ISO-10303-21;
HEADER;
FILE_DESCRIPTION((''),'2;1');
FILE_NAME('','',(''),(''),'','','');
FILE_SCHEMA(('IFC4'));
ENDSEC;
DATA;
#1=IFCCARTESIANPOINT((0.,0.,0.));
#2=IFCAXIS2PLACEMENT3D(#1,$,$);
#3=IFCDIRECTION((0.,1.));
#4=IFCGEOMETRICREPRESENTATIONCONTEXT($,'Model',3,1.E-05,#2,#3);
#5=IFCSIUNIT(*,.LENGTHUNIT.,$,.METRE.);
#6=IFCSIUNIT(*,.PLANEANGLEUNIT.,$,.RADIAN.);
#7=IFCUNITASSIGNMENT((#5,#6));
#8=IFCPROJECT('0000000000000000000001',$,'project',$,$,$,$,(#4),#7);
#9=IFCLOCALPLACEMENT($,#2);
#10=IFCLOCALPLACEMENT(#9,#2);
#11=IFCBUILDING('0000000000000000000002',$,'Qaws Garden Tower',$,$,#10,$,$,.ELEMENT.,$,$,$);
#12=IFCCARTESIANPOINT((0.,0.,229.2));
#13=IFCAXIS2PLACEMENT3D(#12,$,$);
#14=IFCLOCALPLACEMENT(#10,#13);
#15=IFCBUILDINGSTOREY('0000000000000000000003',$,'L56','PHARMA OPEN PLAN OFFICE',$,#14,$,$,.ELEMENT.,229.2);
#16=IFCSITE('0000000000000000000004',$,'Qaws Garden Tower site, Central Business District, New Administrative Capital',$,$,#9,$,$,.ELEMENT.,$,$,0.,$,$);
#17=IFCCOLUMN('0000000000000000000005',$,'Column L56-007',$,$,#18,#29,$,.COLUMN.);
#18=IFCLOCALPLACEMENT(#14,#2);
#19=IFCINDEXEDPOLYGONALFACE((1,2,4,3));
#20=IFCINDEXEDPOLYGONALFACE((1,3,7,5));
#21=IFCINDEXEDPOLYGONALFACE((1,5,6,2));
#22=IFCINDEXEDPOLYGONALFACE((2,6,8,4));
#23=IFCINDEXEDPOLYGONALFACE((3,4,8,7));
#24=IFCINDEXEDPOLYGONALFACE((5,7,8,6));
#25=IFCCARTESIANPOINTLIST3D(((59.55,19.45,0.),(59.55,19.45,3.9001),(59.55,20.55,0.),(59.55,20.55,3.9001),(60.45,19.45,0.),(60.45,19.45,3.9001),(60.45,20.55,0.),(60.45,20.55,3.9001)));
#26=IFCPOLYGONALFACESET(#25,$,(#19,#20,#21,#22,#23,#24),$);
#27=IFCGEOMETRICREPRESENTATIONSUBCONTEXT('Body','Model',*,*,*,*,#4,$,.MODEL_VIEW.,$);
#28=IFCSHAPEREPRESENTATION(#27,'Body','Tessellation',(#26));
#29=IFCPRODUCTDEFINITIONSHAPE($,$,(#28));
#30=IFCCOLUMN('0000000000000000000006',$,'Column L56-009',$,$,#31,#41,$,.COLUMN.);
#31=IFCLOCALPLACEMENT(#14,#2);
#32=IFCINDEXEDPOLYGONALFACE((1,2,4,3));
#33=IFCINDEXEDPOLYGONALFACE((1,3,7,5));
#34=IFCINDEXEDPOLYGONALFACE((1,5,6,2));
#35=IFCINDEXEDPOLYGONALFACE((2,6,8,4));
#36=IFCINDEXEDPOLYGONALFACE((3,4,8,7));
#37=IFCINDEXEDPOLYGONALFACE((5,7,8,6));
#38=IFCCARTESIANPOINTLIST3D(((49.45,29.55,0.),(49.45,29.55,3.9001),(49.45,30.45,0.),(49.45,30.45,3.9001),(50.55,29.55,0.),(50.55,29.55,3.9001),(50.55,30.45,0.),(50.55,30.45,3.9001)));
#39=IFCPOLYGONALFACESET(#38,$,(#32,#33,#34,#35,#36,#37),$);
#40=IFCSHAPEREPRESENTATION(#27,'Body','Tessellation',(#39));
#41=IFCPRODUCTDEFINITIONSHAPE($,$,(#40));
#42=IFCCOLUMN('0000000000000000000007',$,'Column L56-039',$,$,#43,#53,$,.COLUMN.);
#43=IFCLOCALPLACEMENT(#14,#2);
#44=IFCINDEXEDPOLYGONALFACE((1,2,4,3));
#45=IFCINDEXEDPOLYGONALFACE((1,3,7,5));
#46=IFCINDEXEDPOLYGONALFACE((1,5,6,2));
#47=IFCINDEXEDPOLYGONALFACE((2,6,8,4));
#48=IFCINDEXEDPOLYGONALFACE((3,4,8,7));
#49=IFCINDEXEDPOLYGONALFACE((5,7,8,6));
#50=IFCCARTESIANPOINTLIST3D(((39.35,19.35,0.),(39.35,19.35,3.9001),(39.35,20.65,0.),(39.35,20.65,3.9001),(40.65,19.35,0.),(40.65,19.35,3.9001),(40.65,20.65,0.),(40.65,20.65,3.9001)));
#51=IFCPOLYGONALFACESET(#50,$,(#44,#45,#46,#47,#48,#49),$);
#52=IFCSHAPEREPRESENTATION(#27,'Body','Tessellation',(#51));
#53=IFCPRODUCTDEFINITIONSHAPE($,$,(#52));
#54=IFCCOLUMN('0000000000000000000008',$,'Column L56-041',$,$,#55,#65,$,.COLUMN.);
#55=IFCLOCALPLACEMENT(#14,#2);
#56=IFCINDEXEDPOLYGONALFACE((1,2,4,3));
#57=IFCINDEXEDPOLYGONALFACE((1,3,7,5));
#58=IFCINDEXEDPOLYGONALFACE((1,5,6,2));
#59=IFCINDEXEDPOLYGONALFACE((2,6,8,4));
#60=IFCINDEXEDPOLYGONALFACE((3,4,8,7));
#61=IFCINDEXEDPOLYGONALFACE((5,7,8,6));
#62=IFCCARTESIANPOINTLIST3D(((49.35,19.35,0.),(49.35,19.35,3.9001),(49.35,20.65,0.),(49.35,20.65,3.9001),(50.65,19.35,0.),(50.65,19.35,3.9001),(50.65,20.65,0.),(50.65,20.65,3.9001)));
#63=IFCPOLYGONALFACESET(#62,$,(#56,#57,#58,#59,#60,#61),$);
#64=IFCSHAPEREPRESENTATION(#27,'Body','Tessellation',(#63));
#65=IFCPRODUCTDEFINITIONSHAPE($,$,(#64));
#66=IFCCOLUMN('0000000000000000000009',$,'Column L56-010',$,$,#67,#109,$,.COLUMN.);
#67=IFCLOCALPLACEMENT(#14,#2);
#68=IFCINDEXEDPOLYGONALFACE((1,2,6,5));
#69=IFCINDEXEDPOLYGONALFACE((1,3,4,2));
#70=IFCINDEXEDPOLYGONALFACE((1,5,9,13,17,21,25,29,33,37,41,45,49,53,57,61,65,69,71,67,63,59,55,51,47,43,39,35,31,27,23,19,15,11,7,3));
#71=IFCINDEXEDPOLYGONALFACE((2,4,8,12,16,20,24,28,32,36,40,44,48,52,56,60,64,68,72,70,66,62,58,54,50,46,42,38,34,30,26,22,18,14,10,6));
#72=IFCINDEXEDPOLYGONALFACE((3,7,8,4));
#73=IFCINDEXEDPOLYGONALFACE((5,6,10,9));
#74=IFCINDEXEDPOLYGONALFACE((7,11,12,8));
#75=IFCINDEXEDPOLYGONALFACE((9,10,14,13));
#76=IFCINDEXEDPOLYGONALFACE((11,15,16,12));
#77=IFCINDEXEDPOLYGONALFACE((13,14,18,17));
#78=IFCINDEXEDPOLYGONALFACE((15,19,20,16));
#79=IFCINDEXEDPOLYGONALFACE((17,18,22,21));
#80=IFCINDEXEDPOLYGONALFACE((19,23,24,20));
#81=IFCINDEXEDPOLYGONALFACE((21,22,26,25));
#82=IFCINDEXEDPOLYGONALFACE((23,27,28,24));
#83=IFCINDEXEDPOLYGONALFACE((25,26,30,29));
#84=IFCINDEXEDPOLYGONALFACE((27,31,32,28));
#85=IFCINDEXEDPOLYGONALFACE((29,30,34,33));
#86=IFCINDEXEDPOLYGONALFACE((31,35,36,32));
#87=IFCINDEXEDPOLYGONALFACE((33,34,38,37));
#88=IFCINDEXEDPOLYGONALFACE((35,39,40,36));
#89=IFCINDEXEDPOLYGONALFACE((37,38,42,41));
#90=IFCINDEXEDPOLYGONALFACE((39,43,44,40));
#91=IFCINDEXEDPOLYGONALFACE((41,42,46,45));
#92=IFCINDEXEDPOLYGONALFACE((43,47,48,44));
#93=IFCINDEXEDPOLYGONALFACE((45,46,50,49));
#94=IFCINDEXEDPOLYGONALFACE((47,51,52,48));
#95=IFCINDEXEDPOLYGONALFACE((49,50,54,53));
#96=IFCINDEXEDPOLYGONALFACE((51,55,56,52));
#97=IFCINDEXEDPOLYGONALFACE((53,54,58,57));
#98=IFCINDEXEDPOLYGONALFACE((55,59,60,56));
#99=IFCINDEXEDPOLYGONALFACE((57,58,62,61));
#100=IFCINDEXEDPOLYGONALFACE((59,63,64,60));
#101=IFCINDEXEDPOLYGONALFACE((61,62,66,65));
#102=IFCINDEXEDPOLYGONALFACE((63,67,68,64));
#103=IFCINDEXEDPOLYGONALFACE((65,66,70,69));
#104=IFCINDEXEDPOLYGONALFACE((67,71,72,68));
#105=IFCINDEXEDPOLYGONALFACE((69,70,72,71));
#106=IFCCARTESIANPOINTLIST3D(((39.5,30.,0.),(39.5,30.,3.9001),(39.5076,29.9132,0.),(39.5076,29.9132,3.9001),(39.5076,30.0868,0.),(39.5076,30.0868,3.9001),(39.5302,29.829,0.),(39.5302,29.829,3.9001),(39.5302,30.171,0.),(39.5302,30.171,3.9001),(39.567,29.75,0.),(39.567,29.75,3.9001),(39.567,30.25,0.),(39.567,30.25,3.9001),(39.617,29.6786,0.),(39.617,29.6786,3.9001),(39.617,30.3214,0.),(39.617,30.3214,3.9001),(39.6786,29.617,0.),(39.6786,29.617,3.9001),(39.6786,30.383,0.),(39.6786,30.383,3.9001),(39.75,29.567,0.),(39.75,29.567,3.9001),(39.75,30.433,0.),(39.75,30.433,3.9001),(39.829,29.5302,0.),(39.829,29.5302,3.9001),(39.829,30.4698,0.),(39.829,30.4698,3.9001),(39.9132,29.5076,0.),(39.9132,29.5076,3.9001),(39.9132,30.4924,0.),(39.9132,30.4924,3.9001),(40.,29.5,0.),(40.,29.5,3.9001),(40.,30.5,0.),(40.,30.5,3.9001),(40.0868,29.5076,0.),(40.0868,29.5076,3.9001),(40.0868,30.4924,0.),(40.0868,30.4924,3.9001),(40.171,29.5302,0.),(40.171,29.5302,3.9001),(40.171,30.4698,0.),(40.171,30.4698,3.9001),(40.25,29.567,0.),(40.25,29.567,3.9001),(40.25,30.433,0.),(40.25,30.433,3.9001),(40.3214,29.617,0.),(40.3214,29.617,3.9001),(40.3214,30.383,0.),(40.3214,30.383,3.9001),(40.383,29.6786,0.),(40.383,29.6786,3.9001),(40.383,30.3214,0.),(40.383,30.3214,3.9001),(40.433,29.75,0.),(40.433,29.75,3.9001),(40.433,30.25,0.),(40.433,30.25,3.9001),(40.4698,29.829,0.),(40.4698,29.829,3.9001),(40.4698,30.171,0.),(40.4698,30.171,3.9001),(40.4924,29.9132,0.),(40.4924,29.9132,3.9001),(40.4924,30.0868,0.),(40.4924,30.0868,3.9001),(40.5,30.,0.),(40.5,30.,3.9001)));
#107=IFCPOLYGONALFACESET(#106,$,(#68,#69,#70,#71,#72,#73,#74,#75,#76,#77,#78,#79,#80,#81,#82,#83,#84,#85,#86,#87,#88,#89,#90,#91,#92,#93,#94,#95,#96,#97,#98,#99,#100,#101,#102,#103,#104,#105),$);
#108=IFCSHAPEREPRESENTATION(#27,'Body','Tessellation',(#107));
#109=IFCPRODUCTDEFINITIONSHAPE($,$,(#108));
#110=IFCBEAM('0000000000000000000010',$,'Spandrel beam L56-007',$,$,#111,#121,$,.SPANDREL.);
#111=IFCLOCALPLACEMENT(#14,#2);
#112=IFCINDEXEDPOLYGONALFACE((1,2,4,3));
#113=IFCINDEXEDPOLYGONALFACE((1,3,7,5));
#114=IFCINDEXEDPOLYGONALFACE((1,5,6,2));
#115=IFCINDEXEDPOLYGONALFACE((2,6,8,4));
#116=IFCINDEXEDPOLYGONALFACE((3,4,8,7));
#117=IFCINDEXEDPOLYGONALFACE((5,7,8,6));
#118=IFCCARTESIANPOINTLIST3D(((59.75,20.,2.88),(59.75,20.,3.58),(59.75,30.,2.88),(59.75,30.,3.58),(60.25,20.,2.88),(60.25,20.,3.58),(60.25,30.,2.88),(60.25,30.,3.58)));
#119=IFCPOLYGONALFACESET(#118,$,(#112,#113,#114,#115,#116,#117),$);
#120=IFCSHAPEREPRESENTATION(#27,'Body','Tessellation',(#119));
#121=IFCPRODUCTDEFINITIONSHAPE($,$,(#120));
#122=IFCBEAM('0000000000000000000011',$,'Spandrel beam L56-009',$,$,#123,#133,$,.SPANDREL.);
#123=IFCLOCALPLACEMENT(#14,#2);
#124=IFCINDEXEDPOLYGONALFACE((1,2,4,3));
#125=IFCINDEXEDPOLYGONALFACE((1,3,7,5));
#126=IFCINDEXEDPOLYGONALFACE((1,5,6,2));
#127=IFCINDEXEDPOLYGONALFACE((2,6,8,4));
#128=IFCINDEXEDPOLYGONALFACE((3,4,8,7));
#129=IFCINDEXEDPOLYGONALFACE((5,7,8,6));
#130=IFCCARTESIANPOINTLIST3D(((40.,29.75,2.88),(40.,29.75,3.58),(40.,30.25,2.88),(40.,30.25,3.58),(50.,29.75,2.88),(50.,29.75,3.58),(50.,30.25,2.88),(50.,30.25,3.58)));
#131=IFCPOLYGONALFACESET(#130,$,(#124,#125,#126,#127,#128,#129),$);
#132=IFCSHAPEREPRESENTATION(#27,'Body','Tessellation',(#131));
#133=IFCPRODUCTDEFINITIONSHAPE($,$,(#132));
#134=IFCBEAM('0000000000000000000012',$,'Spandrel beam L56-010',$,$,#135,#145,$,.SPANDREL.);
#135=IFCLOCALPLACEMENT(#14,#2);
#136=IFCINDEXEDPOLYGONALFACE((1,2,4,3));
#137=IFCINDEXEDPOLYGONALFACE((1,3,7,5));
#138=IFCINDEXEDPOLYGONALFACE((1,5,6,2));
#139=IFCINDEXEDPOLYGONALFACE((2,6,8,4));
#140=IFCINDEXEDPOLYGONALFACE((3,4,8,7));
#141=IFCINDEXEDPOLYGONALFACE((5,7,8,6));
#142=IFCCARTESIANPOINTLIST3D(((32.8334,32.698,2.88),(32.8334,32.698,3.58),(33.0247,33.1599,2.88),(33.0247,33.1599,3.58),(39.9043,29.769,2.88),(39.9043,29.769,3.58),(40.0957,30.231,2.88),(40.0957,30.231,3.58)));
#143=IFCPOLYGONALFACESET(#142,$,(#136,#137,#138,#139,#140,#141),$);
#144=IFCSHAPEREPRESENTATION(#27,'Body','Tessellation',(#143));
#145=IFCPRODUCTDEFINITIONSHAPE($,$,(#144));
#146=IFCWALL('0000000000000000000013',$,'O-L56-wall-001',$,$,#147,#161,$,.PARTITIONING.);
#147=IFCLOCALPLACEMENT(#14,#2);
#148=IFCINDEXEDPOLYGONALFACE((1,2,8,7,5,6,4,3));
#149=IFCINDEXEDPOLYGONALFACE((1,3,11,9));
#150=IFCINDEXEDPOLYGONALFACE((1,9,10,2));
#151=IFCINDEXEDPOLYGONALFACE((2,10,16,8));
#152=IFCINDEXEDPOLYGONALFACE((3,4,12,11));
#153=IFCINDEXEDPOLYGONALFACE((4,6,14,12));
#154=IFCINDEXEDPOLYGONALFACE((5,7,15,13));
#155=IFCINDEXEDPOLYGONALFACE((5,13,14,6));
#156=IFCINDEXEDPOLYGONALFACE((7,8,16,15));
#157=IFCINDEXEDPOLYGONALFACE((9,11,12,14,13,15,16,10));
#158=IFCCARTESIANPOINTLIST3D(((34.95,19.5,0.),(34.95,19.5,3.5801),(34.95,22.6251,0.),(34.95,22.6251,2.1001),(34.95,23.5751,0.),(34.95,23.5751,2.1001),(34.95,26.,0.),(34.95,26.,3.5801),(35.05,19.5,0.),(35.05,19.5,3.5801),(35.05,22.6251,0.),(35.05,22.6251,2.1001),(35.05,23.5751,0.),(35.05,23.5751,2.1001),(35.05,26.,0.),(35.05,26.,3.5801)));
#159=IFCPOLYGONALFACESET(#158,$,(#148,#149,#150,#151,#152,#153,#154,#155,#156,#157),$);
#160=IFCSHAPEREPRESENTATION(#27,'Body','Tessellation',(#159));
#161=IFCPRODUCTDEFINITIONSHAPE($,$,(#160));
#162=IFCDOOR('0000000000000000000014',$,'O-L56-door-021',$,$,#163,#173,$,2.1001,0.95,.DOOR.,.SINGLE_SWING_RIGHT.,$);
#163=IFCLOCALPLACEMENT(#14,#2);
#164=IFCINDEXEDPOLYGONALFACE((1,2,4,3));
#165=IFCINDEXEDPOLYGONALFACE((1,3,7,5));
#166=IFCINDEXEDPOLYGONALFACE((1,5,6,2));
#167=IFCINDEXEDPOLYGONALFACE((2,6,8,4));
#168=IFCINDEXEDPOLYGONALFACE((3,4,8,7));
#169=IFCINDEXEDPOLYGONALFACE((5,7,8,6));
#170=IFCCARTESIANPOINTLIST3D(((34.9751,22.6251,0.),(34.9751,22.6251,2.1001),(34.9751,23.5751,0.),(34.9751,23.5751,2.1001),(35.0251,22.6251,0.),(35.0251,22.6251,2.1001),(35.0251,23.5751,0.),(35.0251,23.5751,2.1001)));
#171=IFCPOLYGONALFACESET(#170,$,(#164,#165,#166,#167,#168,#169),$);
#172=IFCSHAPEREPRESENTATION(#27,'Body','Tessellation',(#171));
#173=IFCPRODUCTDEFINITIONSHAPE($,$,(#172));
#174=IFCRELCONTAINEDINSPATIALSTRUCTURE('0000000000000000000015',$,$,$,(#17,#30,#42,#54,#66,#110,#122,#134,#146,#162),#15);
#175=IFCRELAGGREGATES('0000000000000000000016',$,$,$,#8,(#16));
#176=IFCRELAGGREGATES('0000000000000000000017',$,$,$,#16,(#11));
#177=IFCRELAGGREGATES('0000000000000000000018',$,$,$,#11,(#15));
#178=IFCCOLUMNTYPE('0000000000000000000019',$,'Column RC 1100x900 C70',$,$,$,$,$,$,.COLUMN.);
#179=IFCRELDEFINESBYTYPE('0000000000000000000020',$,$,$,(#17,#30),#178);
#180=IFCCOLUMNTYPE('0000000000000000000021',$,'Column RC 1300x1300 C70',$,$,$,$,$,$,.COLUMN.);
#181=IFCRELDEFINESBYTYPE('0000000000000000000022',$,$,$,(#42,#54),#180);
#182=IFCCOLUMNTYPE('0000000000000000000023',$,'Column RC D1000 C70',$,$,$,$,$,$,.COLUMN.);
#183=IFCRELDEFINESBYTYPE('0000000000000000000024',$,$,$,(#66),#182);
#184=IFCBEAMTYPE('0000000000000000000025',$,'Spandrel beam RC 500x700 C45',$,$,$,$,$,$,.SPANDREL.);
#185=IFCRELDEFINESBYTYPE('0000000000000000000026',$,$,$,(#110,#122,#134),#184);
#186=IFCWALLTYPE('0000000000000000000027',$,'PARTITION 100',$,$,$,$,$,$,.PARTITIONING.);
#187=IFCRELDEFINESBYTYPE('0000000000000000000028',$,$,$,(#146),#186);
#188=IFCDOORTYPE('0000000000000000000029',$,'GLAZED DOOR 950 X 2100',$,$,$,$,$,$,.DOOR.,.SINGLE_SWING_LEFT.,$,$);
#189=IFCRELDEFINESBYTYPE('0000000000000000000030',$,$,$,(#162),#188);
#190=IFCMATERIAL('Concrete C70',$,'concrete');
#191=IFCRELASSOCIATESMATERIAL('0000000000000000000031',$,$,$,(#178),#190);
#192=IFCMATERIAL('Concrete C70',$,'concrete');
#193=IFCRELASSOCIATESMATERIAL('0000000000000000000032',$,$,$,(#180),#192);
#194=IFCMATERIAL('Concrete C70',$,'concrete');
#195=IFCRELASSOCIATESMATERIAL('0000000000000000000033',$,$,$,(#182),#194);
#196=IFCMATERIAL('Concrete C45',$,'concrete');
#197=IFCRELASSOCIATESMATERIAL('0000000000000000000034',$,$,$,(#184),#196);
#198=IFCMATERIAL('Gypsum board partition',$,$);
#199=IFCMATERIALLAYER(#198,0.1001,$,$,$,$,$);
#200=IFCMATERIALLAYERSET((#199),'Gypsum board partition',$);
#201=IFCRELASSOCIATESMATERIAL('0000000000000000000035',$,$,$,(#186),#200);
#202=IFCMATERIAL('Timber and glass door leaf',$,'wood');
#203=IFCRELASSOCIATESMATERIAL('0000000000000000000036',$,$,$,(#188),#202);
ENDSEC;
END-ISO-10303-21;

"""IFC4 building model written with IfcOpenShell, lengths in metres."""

from ifc_helpers import new_model, si_unit, direction, frame, frame_2d, origin, origin_2d, place, context, subcontext, project, spatial, rectangle, circle, extrude, material, layer, layer_set, material_profile, profile_set, type_object, element, fill, save


model = new_model("IFC4")

# Units and contexts
model_context = context("Model", 3, precision=1e-05, world=origin(), true_north=direction((0.0, 1.0)))
body_context = subcontext(model_context, "Body", "Model", "MODEL_VIEW")
ifc_project = project(units=[si_unit("LENGTHUNIT", "METRE"), si_unit("PLANEANGLEUNIT", "RADIAN")], contexts=[model_context])

# Site, building, storey
site_placement = place(None, origin())
site = spatial("IfcSite", under=ifc_project, at=site_placement, Name="Qaws Garden Tower site, Central Business District, New Administrative Capital", CompositionType="ELEMENT", RefElevation=0.0)
building_placement = place(site_placement, origin())
building = spatial("IfcBuilding", under=site, at=building_placement, Name="Qaws Garden Tower", CompositionType="ELEMENT")
storey_placement = place(building_placement, frame((0.0, 0.0, 229.2)))
storey = spatial("IfcBuildingStorey", under=building, at=storey_placement, Name="L56", Description="PHARMA OPEN PLAN OFFICE", CompositionType="ELEMENT", Elevation=229.2)

# Columns
ifc_material_1 = material(Name="Concrete C70", Category="concrete")
ifc_material_profile_1 = material_profile(ifc_material_1, rectangle(XDim=1.1001, YDim=0.8999, at=origin_2d()), Name="RC 1100x900")
ifc_profile_set_1 = profile_set([ifc_material_profile_1], Name="Concrete C70")
column_type_1 = type_object("IfcColumnType", Name="Column RC 1100x900 C70", PredefinedType="COLUMN", material=ifc_profile_set_1)
for number, where, z_axis, x_axis, name in (
    (1, (60.0, 20.0, 0.0), (0.0, 0.0, 1.0), (0.0, 1.0, 0.0), "Column L56-007"),
    (2, (50.0, 30.0, 0.0), (0.0, 0.0, 1.0), (1.0, 0.0, 0.0), "Column L56-009"),
):
    element("IfcColumn", number, at=place(storey_placement, frame(where, z_axis=z_axis, x_axis=x_axis)), inside=storey, type_object=column_type_1, Name=name, PredefinedType="COLUMN", context=body_context, shape_type="SweptSolid", body=[
        extrude(rectangle(XDim=1.1001, YDim=0.8999, at=origin_2d()), origin(), (0.0, 0.0, 1.0), 3.9001),
    ])
ifc_material_2 = material(Name="Concrete C70", Category="concrete")
ifc_material_profile_2 = material_profile(ifc_material_2, rectangle(XDim=1.3, YDim=1.3, at=origin_2d()), Name="RC 1300x1300")
ifc_profile_set_2 = profile_set([ifc_material_profile_2], Name="Concrete C70")
column_type_2 = type_object("IfcColumnType", Name="Column RC 1300x1300 C70", PredefinedType="COLUMN", material=ifc_profile_set_2)
for number, where, z_axis, x_axis, name in (
    (3, (40.0, 20.0, 0.0), (0.0, 0.0, 1.0), (1.0, 0.0, 0.0), "Column L56-039"),
    (4, (50.0, 20.0, 0.0), (0.0, 0.0, 1.0), (1.0, 0.0, 0.0), "Column L56-041"),
):
    element("IfcColumn", number, at=place(storey_placement, frame(where, z_axis=z_axis, x_axis=x_axis)), inside=storey, type_object=column_type_2, Name=name, PredefinedType="COLUMN", context=body_context, shape_type="SweptSolid", body=[
        extrude(rectangle(XDim=1.3, YDim=1.3, at=origin_2d()), origin(), (0.0, 0.0, 1.0), 3.9001),
    ])
ifc_material_3 = material(Name="Concrete C70", Category="concrete")
ifc_material_profile_3 = material_profile(ifc_material_3, circle(Radius=0.5, at=origin_2d()), Name="RC D1000")
ifc_profile_set_3 = profile_set([ifc_material_profile_3], Name="Concrete C70")
column_type_3 = type_object("IfcColumnType", Name="Column RC D1000 C70", PredefinedType="COLUMN", material=ifc_profile_set_3)
column_placement = place(storey_placement, frame((40.0, 30.0, 0.0), z_axis=(0.0, 0.0, 1.0), x_axis=(1.0, 0.0, 0.0)))
element("IfcColumn", 5, at=column_placement, inside=storey, type_object=column_type_3, Name="Column L56-010", PredefinedType="COLUMN", context=body_context, shape_type="SweptSolid", body=[
    extrude(circle(Radius=0.5, at=origin_2d()), origin(), (0.0, 0.0, 1.0), 3.9001),
])

# Beams
ifc_material_4 = material(Name="Concrete C45", Category="concrete")
ifc_material_profile_4 = material_profile(ifc_material_4, rectangle(XDim=0.5, YDim=0.7, at=origin_2d()), Name="RC 500x700")
ifc_profile_set_4 = profile_set([ifc_material_profile_4], Name="Concrete C45")
beam_type = type_object("IfcBeamType", Name="Spandrel beam RC 500x700 C45", PredefinedType="SPANDREL", material=ifc_profile_set_4)
for number, where, z_axis, x_axis, name in (
    (6, (60.0, 20.0, 3.23), (0.0, 1.0, 0.0), (-1.0, 0.0, 0.0), "Spandrel beam L56-007"),
    (7, (50.0, 30.0, 3.23), (-1.0, 0.0, 0.0), (0.0, -1.0, 0.0), "Spandrel beam L56-009"),
):
    element("IfcBeam", number, at=place(storey_placement, frame(where, z_axis=z_axis, x_axis=x_axis)), inside=storey, type_object=beam_type, Name=name, PredefinedType="SPANDREL", context=body_context, shape_type="SweptSolid", body=[
        extrude(rectangle(XDim=0.5, YDim=0.7, at=origin_2d()), origin(), (0.0, 0.0, 1.0), 10.0),
    ])
beam_placement = place(storey_placement, frame((40.0, 30.0, 3.23), z_axis=(-0.923878, 0.382687, 0.0), x_axis=(-0.382687, -0.923878, 0.0)))
element("IfcBeam", 8, at=beam_placement, inside=storey, type_object=beam_type, Name="Spandrel beam L56-010", PredefinedType="SPANDREL", context=body_context, shape_type="SweptSolid", body=[
    extrude(rectangle(XDim=0.5, YDim=0.7, at=origin_2d()), origin(), (0.0, 0.0, 1.0), 7.6536),
])

# Wall, opening, door
ifc_material_5 = material(Name="Gypsum board partition")
ifc_layer_1 = layer(ifc_material_5, 0.1001)
ifc_layer_set_1 = layer_set([ifc_layer_1], Name="Gypsum board partition")
wall_type_1 = type_object("IfcWallType", Name="PARTITION 100", PredefinedType="PARTITIONING", material=ifc_layer_set_1)
wall_1_placement = place(storey_placement, frame((35.0, 19.5, 0.0), z_axis=(0.0, 0.0, 1.0), x_axis=(0.0, 1.0, 0.0)))
wall_1 = element("IfcWall", 9, at=wall_1_placement, inside=storey, type_object=wall_type_1, Name="O-L56-wall-001", PredefinedType="PARTITIONING", context=body_context, shape_type="SweptSolid", body=[
    extrude(rectangle(XDim=6.5, YDim=0.1001, at=frame_2d((3.25, 0.0))), origin(), (0.0, 0.0, 1.0), 3.5801),
])
opening_1_placement = place(wall_1_placement, frame((3.125, 0.0, 0.0)))
opening_1 = element("IfcOpeningElement", 10, at=opening_1_placement, cuts=wall_1, PredefinedType="OPENING", context=body_context, shape_type="SweptSolid", body=[
    extrude(rectangle(XDim=0.95, YDim=2.1001, at=frame_2d((0.4751, 1.05))), frame((0.0, 0.0601, 0.0), z_axis=(0.0, -1.0, 0.0), x_axis=(1.0, 0.0, 0.0)), (0.0, 0.0, 1.0), 0.1201),
])
ifc_material_6 = material(Name="Timber and glass door leaf", Category="wood")
door_type_1 = type_object("IfcDoorType", Name="GLAZED DOOR 950 X 2100", OperationType="SINGLE_SWING_LEFT", PredefinedType="DOOR", material=ifc_material_6)
door_1_placement = place(opening_1_placement, origin())
door_1 = element("IfcDoor", 11, at=door_1_placement, inside=storey, type_object=door_type_1, Name="O-L56-door-021", OperationType="SINGLE_SWING_RIGHT", OverallHeight=2.1001, OverallWidth=0.95, PredefinedType="DOOR", context=body_context, shape_type="SweptSolid", body=[
    extrude(rectangle(XDim=0.95, YDim=2.1001, at=frame_2d((0.4751, 1.05))), frame((0.0, 0.0249, 0.0), z_axis=(0.0, -1.0, 0.0), x_axis=(1.0, 0.0, 0.0)), (0.0, 0.0, 1.0), 0.05),
])
fill(opening_1, door_1)

save(model, "model.ifc")
